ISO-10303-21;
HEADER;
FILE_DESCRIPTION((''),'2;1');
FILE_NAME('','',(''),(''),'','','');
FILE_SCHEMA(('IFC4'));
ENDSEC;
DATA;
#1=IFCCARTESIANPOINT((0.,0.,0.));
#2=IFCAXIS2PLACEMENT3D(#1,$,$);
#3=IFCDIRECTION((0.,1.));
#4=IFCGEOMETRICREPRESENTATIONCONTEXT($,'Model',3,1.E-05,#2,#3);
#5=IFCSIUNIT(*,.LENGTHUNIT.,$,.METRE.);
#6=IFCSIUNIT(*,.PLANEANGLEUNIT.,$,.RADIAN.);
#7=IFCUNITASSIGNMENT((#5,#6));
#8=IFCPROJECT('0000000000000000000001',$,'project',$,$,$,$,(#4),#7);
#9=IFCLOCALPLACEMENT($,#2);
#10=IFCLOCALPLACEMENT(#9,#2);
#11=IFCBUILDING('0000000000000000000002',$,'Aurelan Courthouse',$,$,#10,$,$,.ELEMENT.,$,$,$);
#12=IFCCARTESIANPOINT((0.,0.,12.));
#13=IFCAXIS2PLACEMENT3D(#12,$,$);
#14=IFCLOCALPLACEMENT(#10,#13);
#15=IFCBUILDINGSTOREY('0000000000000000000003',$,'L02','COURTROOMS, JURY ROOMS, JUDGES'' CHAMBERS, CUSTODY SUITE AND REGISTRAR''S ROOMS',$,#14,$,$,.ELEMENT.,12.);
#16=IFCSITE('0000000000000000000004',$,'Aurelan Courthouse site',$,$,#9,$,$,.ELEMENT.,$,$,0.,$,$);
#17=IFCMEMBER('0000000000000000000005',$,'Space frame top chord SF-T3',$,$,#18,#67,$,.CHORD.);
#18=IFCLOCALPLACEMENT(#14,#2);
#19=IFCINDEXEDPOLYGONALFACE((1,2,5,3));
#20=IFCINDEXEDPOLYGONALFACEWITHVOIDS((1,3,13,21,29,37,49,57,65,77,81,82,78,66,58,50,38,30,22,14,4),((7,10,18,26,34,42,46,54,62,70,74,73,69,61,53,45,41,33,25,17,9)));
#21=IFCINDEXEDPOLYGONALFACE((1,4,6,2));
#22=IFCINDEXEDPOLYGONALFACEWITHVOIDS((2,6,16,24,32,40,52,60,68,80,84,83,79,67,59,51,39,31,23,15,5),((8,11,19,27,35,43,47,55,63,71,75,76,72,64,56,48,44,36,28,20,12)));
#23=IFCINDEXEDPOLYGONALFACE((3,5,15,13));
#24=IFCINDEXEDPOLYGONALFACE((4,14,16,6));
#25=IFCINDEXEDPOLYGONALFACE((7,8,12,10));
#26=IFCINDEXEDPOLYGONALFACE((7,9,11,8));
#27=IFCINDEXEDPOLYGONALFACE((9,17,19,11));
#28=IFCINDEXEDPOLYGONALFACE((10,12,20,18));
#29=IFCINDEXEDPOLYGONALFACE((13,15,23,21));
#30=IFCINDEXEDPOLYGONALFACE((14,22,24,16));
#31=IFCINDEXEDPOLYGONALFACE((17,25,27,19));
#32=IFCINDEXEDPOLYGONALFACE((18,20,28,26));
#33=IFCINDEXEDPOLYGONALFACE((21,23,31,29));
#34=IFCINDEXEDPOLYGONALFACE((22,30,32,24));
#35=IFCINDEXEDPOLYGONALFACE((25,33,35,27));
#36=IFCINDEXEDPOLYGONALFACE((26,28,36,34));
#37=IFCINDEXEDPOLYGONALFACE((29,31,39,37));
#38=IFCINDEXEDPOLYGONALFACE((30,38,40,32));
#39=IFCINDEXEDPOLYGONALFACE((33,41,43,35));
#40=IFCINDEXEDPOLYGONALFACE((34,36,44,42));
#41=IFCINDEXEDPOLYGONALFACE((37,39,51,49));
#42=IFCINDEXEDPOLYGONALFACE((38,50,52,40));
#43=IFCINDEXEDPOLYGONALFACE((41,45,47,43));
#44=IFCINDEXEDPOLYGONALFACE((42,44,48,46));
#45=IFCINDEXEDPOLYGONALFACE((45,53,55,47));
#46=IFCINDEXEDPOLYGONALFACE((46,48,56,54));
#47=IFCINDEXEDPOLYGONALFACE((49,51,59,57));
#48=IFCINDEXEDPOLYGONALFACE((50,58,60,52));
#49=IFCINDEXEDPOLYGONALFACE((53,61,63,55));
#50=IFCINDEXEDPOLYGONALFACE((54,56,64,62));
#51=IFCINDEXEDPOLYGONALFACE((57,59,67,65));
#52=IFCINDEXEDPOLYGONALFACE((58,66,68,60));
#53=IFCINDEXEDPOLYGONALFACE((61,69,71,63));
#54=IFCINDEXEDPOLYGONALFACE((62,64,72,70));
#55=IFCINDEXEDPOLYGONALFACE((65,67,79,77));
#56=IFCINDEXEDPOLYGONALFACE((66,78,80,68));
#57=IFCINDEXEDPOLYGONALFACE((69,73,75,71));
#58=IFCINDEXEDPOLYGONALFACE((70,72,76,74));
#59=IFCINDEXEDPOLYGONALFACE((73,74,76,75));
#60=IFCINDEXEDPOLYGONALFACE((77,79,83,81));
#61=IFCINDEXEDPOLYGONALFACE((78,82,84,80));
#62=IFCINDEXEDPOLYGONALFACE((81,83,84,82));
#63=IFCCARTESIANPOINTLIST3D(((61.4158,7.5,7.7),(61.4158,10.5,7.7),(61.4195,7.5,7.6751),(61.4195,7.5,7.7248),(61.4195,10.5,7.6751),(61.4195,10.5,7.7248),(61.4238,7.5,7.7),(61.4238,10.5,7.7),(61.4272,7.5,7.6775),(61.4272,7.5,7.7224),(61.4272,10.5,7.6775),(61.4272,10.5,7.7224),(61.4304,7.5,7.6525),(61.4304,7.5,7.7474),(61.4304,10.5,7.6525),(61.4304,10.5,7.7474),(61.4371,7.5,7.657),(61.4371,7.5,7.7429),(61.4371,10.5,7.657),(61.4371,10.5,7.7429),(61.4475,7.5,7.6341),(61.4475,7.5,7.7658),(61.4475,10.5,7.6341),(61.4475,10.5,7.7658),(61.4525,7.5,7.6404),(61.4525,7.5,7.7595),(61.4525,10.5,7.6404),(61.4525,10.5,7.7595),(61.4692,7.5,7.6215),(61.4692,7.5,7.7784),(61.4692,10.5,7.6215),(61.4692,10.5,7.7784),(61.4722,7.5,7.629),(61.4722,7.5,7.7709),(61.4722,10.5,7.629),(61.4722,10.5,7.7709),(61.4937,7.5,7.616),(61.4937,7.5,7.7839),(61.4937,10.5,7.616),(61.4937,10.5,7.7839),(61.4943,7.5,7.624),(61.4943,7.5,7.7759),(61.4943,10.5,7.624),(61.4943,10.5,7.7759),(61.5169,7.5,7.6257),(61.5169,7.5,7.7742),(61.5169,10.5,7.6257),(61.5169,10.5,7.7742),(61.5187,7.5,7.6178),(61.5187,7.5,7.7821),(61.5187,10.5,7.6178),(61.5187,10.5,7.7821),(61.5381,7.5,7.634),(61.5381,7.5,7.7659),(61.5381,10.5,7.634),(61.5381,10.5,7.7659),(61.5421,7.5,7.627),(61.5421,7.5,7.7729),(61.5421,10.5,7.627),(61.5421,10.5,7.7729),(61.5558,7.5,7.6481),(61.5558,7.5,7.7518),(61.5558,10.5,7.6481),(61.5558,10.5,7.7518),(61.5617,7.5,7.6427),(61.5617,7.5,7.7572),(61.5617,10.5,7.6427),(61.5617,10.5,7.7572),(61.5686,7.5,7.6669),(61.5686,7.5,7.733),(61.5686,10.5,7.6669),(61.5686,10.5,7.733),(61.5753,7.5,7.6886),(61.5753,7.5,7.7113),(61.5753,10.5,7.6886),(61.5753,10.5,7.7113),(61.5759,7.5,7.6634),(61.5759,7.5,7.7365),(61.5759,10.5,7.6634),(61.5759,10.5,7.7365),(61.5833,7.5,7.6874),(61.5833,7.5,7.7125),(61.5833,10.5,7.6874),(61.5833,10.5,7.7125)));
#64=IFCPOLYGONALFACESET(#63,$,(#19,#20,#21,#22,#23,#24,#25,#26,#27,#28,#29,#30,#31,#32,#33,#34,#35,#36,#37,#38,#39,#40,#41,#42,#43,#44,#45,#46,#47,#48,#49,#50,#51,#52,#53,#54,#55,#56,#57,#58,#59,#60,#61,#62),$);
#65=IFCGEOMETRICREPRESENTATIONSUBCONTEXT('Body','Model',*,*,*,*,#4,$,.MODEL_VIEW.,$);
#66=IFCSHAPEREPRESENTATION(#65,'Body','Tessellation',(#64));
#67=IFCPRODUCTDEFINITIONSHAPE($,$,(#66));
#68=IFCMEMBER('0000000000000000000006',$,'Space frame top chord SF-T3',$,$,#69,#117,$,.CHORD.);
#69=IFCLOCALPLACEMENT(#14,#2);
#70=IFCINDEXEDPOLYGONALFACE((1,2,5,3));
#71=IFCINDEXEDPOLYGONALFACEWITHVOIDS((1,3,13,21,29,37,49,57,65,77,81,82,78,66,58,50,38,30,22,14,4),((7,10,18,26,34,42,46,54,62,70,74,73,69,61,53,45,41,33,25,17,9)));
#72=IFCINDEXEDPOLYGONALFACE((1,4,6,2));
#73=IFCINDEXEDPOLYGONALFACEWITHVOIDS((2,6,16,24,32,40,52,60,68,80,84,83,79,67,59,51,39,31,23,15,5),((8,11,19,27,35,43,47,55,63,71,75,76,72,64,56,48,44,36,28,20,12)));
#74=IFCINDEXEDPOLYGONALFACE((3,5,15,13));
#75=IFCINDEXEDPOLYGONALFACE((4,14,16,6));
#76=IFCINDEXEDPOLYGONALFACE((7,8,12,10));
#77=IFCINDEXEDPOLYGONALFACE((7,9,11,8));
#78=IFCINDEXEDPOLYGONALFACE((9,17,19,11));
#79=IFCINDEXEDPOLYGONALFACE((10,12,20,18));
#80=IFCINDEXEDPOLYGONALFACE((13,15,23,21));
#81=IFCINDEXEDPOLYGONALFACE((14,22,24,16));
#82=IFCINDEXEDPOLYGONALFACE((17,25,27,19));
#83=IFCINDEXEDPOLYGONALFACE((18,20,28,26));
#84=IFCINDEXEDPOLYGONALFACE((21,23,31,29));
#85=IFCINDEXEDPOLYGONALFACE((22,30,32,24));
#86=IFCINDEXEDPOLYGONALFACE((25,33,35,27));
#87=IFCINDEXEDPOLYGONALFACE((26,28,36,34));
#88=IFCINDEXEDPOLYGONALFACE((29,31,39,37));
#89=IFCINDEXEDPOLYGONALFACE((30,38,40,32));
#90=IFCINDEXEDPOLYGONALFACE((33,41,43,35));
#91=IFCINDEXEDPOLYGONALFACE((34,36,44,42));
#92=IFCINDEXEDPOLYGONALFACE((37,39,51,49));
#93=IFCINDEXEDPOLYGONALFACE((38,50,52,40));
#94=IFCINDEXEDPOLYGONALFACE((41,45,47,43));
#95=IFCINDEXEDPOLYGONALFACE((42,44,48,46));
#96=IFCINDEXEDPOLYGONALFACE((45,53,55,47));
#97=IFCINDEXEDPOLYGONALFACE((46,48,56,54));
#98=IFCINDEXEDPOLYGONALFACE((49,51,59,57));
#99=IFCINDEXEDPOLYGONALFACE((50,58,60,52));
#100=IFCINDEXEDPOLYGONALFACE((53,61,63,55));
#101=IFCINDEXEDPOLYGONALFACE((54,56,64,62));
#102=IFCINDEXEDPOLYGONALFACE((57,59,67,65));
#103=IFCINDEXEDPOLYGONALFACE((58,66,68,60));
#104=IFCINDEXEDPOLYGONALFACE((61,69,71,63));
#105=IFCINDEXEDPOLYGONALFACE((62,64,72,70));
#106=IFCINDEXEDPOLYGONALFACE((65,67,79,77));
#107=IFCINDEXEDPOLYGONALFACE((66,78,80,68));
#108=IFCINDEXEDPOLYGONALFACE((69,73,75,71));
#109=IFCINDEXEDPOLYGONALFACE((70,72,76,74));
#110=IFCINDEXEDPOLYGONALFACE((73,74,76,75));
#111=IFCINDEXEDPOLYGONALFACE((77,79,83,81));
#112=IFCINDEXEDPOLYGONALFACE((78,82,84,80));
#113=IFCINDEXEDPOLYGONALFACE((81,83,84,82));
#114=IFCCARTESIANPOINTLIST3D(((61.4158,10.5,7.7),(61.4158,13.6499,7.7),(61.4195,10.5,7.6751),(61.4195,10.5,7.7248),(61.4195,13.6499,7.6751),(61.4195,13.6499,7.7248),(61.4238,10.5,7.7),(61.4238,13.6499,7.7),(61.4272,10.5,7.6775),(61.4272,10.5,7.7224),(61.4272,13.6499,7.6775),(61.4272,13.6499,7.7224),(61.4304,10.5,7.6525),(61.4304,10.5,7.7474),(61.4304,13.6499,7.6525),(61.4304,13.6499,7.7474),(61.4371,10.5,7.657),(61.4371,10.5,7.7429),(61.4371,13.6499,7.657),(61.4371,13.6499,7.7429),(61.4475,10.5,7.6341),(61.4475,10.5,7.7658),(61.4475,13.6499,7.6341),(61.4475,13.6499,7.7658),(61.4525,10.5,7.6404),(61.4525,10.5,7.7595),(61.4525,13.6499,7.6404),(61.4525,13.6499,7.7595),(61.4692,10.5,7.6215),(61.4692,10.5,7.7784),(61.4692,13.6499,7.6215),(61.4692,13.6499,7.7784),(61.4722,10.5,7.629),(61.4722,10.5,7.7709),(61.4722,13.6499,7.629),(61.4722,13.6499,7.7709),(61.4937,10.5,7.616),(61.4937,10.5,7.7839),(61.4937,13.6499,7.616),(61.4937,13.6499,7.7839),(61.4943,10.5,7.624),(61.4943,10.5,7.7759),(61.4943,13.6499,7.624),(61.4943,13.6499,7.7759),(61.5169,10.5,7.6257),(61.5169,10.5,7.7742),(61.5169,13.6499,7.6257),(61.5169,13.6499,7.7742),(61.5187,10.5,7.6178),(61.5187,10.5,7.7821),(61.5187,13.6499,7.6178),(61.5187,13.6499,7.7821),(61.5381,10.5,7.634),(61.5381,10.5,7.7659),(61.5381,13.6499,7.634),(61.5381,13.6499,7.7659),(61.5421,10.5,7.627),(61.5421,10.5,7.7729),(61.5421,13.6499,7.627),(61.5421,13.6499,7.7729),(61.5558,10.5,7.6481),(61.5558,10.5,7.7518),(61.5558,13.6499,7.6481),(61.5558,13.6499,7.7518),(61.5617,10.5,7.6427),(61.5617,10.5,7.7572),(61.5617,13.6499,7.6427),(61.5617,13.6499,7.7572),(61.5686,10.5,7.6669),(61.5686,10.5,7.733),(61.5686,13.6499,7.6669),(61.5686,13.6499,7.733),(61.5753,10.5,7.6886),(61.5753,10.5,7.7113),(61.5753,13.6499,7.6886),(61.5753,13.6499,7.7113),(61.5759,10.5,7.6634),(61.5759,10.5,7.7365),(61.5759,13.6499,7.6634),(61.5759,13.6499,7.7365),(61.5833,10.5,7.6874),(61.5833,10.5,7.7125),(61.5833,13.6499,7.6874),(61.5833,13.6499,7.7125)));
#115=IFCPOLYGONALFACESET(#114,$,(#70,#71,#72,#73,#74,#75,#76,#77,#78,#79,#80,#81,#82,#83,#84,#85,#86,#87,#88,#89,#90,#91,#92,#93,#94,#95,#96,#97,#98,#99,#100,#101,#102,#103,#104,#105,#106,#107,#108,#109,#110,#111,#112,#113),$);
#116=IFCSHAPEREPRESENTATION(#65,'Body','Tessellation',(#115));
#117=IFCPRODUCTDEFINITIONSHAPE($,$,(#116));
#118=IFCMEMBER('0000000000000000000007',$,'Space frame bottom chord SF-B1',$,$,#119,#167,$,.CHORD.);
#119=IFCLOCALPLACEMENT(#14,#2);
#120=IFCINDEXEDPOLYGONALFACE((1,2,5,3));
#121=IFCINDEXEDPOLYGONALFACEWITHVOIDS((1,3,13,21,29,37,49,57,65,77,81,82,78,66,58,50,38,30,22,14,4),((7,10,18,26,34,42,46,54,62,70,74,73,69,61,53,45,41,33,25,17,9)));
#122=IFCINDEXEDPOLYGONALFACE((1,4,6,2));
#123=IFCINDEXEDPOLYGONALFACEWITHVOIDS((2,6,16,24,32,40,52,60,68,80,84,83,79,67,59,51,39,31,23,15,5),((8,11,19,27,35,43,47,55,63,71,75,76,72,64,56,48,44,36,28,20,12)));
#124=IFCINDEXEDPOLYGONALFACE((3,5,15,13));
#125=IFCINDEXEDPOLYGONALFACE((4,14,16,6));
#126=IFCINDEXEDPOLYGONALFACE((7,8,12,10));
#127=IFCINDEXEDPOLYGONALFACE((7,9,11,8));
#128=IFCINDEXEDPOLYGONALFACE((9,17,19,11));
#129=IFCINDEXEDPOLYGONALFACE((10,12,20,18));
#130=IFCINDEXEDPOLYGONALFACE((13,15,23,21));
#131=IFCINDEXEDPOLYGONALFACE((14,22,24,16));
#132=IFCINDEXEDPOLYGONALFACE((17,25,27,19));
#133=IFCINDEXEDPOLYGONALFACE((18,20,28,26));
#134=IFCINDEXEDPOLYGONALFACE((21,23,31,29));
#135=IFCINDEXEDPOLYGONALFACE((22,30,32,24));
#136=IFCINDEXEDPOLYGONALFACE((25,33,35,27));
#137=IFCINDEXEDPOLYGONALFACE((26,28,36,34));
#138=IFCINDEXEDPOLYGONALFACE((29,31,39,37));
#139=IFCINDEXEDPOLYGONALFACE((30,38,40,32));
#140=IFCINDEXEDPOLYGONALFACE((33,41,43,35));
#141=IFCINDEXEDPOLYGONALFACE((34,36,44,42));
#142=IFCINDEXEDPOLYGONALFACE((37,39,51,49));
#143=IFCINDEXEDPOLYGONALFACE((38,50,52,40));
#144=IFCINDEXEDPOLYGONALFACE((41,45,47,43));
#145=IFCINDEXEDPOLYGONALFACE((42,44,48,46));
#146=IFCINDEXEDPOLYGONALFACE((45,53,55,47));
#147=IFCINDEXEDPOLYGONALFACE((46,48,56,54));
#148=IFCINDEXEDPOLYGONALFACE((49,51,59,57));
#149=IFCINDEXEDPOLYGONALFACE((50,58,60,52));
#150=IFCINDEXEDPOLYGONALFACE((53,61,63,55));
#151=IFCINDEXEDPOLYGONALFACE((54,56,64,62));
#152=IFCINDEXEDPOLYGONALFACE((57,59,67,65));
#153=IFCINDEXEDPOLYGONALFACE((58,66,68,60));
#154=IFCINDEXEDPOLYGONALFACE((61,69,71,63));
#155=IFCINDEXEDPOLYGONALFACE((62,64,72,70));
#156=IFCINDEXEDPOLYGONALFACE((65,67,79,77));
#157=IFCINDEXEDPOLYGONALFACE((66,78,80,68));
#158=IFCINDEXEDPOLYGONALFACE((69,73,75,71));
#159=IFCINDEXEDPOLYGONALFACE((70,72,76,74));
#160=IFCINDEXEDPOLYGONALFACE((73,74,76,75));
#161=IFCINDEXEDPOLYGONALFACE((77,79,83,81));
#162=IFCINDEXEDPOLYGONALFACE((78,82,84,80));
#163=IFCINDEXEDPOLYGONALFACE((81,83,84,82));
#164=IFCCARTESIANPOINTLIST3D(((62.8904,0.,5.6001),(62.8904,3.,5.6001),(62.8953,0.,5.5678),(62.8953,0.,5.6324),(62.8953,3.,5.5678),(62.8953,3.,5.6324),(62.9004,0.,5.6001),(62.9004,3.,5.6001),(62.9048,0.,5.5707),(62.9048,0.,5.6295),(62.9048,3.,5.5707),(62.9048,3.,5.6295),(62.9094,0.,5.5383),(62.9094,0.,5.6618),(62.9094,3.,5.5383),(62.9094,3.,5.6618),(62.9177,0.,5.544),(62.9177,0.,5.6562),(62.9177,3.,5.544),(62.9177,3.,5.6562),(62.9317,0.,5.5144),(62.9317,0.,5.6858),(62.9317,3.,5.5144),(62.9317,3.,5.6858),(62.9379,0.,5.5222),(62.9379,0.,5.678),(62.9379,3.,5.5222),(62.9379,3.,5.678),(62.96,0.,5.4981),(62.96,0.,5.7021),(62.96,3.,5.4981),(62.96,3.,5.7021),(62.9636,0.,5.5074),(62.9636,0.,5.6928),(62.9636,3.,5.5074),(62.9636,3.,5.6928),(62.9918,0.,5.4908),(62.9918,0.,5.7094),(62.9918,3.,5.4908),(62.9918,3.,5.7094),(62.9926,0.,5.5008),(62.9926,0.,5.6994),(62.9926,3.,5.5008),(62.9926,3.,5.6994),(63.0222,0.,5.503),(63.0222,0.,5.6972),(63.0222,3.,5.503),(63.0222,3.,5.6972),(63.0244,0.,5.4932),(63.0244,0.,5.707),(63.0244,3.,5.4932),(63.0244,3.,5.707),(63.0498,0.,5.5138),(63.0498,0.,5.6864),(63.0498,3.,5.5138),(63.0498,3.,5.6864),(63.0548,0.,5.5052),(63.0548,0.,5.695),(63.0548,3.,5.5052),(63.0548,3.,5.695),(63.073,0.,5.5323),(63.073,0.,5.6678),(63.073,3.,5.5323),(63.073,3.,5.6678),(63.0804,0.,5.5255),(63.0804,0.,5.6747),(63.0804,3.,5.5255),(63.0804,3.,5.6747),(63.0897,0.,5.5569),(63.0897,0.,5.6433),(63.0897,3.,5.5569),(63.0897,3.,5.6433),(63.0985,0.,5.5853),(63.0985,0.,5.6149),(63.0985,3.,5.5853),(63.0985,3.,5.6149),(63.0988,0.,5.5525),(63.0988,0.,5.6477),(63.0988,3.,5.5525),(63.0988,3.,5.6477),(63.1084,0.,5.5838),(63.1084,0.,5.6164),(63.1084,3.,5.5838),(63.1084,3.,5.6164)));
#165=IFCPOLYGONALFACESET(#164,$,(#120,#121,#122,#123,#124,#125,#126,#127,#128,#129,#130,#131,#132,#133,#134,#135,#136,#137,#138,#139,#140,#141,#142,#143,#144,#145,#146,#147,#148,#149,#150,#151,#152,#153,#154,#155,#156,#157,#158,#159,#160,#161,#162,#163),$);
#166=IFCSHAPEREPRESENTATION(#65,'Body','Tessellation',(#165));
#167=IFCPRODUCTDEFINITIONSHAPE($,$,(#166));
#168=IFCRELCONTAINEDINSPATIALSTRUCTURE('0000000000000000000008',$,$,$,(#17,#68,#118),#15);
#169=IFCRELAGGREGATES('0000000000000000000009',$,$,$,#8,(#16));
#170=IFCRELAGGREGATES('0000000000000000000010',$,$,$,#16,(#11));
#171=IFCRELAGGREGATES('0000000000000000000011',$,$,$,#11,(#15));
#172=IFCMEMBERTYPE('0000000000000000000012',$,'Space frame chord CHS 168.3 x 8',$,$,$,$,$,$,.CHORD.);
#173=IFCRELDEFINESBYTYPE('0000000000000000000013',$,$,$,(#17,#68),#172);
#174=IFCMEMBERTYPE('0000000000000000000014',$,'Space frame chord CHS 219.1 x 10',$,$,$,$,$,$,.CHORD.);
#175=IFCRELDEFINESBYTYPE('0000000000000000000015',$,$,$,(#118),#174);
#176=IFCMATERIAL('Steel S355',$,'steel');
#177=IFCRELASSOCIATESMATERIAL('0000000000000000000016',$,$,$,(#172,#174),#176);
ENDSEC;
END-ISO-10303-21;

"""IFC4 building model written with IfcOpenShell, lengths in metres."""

from ifc_helpers import new_model, si_unit, direction, frame, origin, origin_2d, place, context, subcontext, project, spatial, hollow_circle, extrude, material, material_profile, profile_set, type_object, element, save


model = new_model("IFC4")

# Units and contexts
model_context = context("Model", 3, precision=1e-05, world=origin(), true_north=direction((0.0, 1.0)))
body_context = subcontext(model_context, "Body", "Model", "MODEL_VIEW")
ifc_project = project(units=[si_unit("LENGTHUNIT", "METRE"), si_unit("PLANEANGLEUNIT", "RADIAN")], contexts=[model_context])

# Site, building, storey
site_placement = place(None, origin())
site = spatial("IfcSite", under=ifc_project, at=site_placement, Name="Aurelan Courthouse site", CompositionType="ELEMENT", RefElevation=0.0)
building_placement = place(site_placement, origin())
building = spatial("IfcBuilding", under=site, at=building_placement, Name="Aurelan Courthouse", CompositionType="ELEMENT")
storey_placement = place(building_placement, frame((0.0, 0.0, 12.0)))
storey = spatial("IfcBuildingStorey", under=building, at=storey_placement, Name="L02", Description="COURTROOMS, JURY ROOMS, JUDGES' CHAMBERS, CUSTODY SUITE AND REGISTRAR'S ROOMS", CompositionType="ELEMENT", Elevation=12.0)

# Members
ifc_material_1 = material(Name="Steel S355", Category="steel")
ifc_material_profile_1 = material_profile(ifc_material_1, hollow_circle(Radius=0.0842, WallThickness=0.0081, at=origin_2d()), Name="CHS 168.3 x 8")
ifc_profile_set_1 = profile_set([ifc_material_profile_1], Name="Steel S355")
member_type_1 = type_object("IfcMemberType", Name="Space frame chord CHS 168.3 x 8", PredefinedType="CHORD", material=ifc_profile_set_1)
for number, where, z_axis, x_axis, name in (
    (1, (61.5, 7.5, 7.7), (0.0, 1.0, 0.0), (-1.0, 0.0, 0.0), "Space frame top chord SF-T3"),
):
    element("IfcMember", number, at=place(storey_placement, frame(where, z_axis=z_axis, x_axis=x_axis)), inside=storey, type_object=member_type_1, Name=name, PredefinedType="CHORD", context=body_context, shape_type="SweptSolid", body=[
        extrude(hollow_circle(Radius=0.0842, WallThickness=0.0081, at=origin_2d()), origin(), (0.0, 0.0, 1.0), 3.0),
    ])
member_1_placement = place(storey_placement, frame((61.5, 10.5, 7.7), z_axis=(0.0, 1.0, 0.0), x_axis=(-1.0, 0.0, 0.0)))
element("IfcMember", 2, at=member_1_placement, inside=storey, type_object=member_type_1, Name="Space frame top chord SF-T3", PredefinedType="CHORD", context=body_context, shape_type="SweptSolid", body=[
    extrude(hollow_circle(Radius=0.0842, WallThickness=0.0081, at=origin_2d()), origin(), (0.0, 0.0, 1.0), 3.1499),
])
ifc_material_profile_2 = material_profile(ifc_material_1, hollow_circle(Radius=0.1096, WallThickness=0.01, at=origin_2d()), Name="CHS 219.1 x 10")
ifc_profile_set_2 = profile_set([ifc_material_profile_2], Name="Steel S355")
member_type_2 = type_object("IfcMemberType", Name="Space frame chord CHS 219.1 x 10", PredefinedType="CHORD", material=ifc_profile_set_2)
for number, where, z_axis, x_axis, name in (
    (3, (63.0, 0.0, 5.6001), (0.0, 1.0, 0.0), (-1.0, 0.0, 0.0), "Space frame bottom chord SF-B1"),
):
    element("IfcMember", number, at=place(storey_placement, frame(where, z_axis=z_axis, x_axis=x_axis)), inside=storey, type_object=member_type_2, Name=name, PredefinedType="CHORD", context=body_context, shape_type="SweptSolid", body=[
        extrude(hollow_circle(Radius=0.1096, WallThickness=0.01, at=origin_2d()), origin(), (0.0, 0.0, 1.0), 3.0),
    ])

save(model, "model.ifc")
